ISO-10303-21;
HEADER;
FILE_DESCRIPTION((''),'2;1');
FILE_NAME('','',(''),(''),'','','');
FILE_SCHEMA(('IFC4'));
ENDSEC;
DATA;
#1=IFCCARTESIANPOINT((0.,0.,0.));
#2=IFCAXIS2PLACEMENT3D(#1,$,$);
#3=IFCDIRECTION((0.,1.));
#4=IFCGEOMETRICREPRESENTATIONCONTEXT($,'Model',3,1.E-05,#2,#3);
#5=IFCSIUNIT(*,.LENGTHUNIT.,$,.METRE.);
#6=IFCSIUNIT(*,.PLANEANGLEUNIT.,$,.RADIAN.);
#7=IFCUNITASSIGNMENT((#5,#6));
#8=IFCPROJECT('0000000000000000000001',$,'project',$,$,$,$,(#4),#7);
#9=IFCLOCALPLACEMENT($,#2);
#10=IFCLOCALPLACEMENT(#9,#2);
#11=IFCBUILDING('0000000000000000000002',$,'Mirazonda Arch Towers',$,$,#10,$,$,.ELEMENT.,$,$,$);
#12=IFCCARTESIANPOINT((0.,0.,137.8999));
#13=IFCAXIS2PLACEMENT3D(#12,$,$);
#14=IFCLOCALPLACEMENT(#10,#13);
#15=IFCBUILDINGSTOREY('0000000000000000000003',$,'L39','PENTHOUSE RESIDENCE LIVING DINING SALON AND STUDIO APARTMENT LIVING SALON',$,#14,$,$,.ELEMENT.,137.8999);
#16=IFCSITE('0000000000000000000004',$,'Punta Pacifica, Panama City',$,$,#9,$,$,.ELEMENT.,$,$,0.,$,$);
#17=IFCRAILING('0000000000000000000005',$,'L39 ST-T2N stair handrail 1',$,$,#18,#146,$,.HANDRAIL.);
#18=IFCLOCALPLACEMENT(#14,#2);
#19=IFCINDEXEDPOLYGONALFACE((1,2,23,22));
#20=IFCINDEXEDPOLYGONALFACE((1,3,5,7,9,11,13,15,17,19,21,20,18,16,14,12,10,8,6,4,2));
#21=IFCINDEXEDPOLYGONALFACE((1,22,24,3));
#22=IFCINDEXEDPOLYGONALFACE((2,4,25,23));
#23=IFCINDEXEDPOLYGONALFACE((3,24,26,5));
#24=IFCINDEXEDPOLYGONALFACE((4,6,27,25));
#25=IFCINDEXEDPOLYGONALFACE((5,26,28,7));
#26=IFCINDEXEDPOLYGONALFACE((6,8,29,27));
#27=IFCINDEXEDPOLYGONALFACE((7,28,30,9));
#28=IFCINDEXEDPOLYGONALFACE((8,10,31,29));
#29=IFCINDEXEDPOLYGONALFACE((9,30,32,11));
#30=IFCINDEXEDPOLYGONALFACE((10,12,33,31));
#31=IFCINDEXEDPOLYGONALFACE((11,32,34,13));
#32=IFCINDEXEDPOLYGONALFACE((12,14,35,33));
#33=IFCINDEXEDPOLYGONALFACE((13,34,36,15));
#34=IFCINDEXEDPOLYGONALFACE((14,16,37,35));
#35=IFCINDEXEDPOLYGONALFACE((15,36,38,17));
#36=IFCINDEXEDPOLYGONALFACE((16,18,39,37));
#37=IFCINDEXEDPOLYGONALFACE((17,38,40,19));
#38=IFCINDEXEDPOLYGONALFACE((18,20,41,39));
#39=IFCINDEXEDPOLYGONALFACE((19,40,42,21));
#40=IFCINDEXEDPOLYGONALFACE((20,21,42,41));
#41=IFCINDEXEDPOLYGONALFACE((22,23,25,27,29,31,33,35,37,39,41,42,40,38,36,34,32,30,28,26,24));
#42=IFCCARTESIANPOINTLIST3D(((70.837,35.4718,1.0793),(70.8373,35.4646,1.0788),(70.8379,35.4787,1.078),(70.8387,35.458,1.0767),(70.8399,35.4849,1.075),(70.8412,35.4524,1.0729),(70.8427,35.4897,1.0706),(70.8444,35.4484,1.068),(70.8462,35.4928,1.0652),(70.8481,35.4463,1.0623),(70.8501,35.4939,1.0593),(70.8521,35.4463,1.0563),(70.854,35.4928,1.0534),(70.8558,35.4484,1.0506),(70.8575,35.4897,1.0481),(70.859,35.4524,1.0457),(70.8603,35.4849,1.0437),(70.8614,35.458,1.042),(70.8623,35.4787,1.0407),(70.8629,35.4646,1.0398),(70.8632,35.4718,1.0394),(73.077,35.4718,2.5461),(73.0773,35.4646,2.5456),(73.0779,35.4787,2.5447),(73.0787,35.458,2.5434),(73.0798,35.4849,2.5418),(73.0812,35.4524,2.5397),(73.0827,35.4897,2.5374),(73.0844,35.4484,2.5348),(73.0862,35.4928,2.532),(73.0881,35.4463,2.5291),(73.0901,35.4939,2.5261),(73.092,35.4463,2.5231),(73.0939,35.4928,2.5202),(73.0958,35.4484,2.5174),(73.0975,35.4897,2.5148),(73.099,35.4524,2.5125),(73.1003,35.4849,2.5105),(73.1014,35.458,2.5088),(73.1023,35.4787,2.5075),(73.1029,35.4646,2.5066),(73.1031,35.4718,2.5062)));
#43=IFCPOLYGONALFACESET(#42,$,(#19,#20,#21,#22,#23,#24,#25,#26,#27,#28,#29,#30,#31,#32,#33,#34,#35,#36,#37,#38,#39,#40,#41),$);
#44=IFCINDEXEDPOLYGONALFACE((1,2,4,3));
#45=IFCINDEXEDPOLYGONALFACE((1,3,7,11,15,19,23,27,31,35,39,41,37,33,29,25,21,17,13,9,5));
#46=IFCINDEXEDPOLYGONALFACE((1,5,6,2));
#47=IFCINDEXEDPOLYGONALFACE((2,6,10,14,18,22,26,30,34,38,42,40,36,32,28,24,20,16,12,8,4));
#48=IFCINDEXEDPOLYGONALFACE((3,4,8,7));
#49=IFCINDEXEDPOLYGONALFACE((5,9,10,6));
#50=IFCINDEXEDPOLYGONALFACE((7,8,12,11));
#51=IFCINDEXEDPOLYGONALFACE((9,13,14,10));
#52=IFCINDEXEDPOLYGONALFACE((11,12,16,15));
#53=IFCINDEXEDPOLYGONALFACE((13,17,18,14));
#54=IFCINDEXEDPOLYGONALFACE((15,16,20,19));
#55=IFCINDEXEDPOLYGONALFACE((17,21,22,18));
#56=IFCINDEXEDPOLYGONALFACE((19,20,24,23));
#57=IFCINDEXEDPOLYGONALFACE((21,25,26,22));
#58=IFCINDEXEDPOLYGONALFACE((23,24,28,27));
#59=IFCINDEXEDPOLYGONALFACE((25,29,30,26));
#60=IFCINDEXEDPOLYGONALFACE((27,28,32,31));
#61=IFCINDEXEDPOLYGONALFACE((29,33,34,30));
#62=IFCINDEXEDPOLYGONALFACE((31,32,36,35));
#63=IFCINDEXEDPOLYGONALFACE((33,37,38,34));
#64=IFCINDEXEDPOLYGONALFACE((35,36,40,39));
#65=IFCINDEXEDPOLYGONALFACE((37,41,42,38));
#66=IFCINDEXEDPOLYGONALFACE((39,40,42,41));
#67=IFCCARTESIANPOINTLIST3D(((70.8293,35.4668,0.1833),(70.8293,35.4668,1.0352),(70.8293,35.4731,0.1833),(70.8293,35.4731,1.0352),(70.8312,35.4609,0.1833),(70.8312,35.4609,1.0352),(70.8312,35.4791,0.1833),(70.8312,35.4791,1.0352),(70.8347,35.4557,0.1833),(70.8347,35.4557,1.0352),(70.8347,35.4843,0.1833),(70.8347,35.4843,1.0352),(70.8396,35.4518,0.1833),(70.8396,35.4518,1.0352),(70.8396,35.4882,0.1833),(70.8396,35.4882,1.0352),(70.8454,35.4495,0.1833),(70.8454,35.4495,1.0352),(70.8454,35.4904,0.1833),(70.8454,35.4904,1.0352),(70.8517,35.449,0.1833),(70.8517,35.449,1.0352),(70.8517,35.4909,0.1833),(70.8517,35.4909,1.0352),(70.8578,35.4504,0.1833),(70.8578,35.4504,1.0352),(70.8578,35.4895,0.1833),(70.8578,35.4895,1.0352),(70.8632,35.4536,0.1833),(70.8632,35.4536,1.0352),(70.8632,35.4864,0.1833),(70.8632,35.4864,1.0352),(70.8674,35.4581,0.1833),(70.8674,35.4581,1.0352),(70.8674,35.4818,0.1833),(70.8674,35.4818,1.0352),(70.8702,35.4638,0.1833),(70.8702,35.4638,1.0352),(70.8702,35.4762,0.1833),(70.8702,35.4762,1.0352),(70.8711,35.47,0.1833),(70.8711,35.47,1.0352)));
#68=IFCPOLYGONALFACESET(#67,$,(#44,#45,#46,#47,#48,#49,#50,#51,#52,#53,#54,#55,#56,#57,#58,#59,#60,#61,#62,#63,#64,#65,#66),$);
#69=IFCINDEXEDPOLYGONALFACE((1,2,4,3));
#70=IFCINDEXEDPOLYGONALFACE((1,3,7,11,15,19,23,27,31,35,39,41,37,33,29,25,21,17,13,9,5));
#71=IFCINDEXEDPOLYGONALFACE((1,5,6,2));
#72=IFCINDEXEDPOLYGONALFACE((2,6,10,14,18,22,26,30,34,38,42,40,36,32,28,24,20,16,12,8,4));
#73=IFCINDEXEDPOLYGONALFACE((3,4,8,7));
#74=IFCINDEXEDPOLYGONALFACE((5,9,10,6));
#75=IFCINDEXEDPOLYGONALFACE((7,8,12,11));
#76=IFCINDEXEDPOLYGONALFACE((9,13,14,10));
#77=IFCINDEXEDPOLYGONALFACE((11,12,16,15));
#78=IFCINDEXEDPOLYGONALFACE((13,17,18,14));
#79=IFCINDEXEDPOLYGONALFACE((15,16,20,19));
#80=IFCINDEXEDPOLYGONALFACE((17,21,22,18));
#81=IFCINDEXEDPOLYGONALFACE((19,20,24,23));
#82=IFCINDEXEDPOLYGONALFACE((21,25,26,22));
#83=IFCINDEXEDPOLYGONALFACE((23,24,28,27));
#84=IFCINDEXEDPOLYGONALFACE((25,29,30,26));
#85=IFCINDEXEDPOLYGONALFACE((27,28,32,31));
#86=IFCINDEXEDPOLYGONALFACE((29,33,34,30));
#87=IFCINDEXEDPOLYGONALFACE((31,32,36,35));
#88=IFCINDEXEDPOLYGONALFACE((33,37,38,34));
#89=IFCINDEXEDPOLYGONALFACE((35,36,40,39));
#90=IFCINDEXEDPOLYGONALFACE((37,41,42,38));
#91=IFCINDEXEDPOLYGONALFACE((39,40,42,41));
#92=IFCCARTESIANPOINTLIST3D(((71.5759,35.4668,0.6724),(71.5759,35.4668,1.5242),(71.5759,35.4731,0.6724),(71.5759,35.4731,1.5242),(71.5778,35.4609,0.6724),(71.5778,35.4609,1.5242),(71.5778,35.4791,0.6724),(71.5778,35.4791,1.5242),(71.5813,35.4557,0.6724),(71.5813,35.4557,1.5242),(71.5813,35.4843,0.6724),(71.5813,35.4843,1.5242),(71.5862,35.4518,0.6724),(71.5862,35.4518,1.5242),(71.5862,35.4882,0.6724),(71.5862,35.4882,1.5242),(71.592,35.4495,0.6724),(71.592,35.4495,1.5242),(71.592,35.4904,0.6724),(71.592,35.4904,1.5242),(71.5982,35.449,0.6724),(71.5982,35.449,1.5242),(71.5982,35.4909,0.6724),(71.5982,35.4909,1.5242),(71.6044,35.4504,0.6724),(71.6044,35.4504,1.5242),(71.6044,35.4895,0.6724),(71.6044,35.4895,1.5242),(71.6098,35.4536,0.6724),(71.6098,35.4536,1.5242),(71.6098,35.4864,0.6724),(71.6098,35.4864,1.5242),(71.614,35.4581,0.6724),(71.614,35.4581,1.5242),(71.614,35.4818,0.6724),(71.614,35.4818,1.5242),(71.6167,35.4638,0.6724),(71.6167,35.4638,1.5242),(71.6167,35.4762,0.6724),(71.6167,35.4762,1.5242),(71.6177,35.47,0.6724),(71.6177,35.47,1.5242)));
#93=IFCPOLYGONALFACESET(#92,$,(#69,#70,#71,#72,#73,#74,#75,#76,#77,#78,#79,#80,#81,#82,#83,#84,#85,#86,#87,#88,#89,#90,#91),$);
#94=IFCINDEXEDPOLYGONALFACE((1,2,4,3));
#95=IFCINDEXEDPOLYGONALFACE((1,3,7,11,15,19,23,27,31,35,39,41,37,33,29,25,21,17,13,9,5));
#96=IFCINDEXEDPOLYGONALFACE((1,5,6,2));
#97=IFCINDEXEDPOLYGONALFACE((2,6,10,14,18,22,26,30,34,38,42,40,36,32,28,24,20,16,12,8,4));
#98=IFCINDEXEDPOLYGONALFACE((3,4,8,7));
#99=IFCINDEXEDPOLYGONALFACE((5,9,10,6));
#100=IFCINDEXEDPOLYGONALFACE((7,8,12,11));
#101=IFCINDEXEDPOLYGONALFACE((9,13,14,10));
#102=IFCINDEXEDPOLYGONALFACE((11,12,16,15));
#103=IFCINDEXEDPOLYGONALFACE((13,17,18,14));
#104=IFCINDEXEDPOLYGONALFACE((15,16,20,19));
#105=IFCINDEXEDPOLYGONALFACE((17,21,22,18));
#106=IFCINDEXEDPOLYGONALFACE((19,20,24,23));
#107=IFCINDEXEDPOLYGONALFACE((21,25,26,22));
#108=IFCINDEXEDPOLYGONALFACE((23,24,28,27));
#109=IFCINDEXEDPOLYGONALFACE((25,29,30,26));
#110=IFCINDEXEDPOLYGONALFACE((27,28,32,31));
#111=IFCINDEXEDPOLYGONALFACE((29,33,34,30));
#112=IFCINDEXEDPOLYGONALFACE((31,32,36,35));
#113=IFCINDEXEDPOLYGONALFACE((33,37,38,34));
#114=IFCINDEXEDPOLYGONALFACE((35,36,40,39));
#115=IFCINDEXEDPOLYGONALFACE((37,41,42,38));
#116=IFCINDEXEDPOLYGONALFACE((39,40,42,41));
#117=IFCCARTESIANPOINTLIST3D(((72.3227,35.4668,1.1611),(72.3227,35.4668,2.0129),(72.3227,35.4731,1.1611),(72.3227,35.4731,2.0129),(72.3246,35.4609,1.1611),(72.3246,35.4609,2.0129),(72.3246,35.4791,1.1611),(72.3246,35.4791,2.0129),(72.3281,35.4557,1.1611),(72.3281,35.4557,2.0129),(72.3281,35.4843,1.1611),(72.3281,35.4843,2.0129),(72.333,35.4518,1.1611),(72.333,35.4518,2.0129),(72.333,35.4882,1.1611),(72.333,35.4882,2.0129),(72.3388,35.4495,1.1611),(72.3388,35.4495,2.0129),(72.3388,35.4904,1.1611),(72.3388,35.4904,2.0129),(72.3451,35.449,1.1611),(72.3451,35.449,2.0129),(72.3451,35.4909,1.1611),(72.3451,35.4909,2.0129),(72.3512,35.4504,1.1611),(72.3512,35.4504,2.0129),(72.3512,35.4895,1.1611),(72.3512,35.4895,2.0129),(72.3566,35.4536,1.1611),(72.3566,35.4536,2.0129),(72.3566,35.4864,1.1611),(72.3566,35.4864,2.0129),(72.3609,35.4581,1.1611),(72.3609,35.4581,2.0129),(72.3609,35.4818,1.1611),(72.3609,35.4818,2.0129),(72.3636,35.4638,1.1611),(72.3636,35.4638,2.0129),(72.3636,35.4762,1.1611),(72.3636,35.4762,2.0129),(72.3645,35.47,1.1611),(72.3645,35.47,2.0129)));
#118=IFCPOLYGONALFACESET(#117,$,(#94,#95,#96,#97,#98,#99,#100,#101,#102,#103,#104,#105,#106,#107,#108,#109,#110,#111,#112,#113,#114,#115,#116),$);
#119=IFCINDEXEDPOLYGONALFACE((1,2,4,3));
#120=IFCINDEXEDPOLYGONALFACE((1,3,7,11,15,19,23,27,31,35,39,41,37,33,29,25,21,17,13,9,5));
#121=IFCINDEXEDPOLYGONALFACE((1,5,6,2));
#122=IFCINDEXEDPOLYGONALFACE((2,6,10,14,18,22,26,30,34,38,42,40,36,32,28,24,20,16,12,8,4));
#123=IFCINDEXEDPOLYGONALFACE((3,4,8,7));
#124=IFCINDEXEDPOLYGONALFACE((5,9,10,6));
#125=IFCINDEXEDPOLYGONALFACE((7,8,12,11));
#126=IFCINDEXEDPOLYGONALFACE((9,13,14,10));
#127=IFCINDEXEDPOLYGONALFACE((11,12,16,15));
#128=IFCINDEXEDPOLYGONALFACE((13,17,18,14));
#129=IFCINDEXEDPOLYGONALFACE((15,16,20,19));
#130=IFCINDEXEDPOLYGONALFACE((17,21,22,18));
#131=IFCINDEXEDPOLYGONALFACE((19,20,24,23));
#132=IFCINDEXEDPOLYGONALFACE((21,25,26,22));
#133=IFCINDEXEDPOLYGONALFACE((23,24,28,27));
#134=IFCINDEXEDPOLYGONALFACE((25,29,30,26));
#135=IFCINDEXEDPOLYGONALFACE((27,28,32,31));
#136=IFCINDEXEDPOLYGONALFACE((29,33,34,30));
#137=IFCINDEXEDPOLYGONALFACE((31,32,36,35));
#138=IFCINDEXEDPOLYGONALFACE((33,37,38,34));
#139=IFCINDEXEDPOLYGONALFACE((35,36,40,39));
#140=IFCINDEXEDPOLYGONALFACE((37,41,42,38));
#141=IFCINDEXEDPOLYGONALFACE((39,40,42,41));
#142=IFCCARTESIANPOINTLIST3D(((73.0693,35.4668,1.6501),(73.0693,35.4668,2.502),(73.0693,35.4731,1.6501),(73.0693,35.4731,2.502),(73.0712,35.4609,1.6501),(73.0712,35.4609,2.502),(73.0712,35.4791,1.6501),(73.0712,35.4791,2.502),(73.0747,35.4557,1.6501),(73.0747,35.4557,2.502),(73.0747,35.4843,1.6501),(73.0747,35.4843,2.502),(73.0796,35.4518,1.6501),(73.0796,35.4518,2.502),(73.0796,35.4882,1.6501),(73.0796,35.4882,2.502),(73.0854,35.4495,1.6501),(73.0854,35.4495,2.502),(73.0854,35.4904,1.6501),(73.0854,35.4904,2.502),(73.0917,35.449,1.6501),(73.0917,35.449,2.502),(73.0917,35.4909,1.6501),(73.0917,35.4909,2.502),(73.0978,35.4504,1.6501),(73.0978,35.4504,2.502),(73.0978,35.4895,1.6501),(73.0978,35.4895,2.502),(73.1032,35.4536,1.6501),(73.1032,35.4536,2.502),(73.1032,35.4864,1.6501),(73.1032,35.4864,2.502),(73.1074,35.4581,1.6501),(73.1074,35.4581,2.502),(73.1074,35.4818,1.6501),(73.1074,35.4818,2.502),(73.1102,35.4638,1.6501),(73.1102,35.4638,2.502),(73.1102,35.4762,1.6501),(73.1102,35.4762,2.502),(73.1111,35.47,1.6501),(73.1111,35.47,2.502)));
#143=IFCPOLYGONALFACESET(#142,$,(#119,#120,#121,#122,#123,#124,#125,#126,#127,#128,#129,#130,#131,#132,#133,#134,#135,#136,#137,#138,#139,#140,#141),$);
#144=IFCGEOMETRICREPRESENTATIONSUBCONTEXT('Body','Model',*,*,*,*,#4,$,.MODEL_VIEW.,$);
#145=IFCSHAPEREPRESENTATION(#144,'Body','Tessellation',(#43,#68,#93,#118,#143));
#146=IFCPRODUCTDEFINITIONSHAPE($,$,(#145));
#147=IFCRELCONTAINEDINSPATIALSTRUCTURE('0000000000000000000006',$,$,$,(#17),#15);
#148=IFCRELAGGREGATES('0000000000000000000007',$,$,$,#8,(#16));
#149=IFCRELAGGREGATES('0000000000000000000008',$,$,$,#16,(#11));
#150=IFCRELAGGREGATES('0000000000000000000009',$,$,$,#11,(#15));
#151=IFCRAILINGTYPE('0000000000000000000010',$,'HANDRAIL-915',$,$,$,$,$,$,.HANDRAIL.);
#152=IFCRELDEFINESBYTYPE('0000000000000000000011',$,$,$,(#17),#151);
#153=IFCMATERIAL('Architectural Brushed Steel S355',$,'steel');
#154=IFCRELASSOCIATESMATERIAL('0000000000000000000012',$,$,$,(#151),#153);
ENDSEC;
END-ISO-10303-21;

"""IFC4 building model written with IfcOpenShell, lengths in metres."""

from ifc_helpers import new_model, si_unit, direction, frame, origin, origin_2d, place, context, subcontext, project, spatial, circle, extrude, material, type_object, element, save


model = new_model("IFC4")

# Units and contexts
model_context = context("Model", 3, precision=1e-05, world=origin(), true_north=direction((0.0, 1.0)))
body_context = subcontext(model_context, "Body", "Model", "MODEL_VIEW")
ifc_project = project(units=[si_unit("LENGTHUNIT", "METRE"), si_unit("PLANEANGLEUNIT", "RADIAN")], contexts=[model_context])

# Site, building, storey
site_placement = place(None, origin())
site = spatial("IfcSite", under=ifc_project, at=site_placement, Name="Punta Pacifica, Panama City", CompositionType="ELEMENT", RefElevation=0.0)
building_placement = place(site_placement, origin())
building = spatial("IfcBuilding", under=site, at=building_placement, Name="Mirazonda Arch Towers", CompositionType="ELEMENT")
storey_placement = place(building_placement, frame((0.0, 0.0, 137.8999)))
storey = spatial("IfcBuildingStorey", under=building, at=storey_placement, Name="L39", Description="PENTHOUSE RESIDENCE LIVING DINING SALON AND STUDIO APARTMENT LIVING SALON", CompositionType="ELEMENT", Elevation=137.8999)

# Shared definitions
ifc_material_1 = material(Name="Architectural Brushed Steel S355", Category="steel")

# Railing
railing_type_1 = type_object("IfcRailingType", Name="HANDRAIL-915", PredefinedType="HANDRAIL", material=ifc_material_1)
railing_1_placement = place(storey_placement, frame((70.8501, 35.47, 0.1833)))
element("IfcRailing", 1, at=railing_1_placement, inside=storey, type_object=railing_type_1, Name="L39 ST-T2N stair handrail 1", PredefinedType="HANDRAIL", context=body_context, shape_type="SweptSolid", body=[
    extrude(circle(Radius=0.0239, at=origin_2d()), frame((0.0, 0.0, 0.876), z_axis=(0.836595, 0.0, 0.547822), x_axis=(0.0, 1.0, 0.0)), (0.0, 0.0, 1.0), 2.6775),
    extrude(circle(Radius=0.021, at=origin_2d()), origin(), (0.0, 0.0, 1.0), 0.8518),
    extrude(circle(Radius=0.021, at=origin_2d()), frame((0.7466, 0.0, 0.489)), (0.0, 0.0, 1.0), 0.8518),
    extrude(circle(Radius=0.021, at=origin_2d()), frame((1.4934, 0.0, 0.9778)), (0.0, 0.0, 1.0), 0.8518),
    extrude(circle(Radius=0.021, at=origin_2d()), frame((2.24, 0.0, 1.4668)), (0.0, 0.0, 1.0), 0.8518),
])

save(model, "model.ifc")
